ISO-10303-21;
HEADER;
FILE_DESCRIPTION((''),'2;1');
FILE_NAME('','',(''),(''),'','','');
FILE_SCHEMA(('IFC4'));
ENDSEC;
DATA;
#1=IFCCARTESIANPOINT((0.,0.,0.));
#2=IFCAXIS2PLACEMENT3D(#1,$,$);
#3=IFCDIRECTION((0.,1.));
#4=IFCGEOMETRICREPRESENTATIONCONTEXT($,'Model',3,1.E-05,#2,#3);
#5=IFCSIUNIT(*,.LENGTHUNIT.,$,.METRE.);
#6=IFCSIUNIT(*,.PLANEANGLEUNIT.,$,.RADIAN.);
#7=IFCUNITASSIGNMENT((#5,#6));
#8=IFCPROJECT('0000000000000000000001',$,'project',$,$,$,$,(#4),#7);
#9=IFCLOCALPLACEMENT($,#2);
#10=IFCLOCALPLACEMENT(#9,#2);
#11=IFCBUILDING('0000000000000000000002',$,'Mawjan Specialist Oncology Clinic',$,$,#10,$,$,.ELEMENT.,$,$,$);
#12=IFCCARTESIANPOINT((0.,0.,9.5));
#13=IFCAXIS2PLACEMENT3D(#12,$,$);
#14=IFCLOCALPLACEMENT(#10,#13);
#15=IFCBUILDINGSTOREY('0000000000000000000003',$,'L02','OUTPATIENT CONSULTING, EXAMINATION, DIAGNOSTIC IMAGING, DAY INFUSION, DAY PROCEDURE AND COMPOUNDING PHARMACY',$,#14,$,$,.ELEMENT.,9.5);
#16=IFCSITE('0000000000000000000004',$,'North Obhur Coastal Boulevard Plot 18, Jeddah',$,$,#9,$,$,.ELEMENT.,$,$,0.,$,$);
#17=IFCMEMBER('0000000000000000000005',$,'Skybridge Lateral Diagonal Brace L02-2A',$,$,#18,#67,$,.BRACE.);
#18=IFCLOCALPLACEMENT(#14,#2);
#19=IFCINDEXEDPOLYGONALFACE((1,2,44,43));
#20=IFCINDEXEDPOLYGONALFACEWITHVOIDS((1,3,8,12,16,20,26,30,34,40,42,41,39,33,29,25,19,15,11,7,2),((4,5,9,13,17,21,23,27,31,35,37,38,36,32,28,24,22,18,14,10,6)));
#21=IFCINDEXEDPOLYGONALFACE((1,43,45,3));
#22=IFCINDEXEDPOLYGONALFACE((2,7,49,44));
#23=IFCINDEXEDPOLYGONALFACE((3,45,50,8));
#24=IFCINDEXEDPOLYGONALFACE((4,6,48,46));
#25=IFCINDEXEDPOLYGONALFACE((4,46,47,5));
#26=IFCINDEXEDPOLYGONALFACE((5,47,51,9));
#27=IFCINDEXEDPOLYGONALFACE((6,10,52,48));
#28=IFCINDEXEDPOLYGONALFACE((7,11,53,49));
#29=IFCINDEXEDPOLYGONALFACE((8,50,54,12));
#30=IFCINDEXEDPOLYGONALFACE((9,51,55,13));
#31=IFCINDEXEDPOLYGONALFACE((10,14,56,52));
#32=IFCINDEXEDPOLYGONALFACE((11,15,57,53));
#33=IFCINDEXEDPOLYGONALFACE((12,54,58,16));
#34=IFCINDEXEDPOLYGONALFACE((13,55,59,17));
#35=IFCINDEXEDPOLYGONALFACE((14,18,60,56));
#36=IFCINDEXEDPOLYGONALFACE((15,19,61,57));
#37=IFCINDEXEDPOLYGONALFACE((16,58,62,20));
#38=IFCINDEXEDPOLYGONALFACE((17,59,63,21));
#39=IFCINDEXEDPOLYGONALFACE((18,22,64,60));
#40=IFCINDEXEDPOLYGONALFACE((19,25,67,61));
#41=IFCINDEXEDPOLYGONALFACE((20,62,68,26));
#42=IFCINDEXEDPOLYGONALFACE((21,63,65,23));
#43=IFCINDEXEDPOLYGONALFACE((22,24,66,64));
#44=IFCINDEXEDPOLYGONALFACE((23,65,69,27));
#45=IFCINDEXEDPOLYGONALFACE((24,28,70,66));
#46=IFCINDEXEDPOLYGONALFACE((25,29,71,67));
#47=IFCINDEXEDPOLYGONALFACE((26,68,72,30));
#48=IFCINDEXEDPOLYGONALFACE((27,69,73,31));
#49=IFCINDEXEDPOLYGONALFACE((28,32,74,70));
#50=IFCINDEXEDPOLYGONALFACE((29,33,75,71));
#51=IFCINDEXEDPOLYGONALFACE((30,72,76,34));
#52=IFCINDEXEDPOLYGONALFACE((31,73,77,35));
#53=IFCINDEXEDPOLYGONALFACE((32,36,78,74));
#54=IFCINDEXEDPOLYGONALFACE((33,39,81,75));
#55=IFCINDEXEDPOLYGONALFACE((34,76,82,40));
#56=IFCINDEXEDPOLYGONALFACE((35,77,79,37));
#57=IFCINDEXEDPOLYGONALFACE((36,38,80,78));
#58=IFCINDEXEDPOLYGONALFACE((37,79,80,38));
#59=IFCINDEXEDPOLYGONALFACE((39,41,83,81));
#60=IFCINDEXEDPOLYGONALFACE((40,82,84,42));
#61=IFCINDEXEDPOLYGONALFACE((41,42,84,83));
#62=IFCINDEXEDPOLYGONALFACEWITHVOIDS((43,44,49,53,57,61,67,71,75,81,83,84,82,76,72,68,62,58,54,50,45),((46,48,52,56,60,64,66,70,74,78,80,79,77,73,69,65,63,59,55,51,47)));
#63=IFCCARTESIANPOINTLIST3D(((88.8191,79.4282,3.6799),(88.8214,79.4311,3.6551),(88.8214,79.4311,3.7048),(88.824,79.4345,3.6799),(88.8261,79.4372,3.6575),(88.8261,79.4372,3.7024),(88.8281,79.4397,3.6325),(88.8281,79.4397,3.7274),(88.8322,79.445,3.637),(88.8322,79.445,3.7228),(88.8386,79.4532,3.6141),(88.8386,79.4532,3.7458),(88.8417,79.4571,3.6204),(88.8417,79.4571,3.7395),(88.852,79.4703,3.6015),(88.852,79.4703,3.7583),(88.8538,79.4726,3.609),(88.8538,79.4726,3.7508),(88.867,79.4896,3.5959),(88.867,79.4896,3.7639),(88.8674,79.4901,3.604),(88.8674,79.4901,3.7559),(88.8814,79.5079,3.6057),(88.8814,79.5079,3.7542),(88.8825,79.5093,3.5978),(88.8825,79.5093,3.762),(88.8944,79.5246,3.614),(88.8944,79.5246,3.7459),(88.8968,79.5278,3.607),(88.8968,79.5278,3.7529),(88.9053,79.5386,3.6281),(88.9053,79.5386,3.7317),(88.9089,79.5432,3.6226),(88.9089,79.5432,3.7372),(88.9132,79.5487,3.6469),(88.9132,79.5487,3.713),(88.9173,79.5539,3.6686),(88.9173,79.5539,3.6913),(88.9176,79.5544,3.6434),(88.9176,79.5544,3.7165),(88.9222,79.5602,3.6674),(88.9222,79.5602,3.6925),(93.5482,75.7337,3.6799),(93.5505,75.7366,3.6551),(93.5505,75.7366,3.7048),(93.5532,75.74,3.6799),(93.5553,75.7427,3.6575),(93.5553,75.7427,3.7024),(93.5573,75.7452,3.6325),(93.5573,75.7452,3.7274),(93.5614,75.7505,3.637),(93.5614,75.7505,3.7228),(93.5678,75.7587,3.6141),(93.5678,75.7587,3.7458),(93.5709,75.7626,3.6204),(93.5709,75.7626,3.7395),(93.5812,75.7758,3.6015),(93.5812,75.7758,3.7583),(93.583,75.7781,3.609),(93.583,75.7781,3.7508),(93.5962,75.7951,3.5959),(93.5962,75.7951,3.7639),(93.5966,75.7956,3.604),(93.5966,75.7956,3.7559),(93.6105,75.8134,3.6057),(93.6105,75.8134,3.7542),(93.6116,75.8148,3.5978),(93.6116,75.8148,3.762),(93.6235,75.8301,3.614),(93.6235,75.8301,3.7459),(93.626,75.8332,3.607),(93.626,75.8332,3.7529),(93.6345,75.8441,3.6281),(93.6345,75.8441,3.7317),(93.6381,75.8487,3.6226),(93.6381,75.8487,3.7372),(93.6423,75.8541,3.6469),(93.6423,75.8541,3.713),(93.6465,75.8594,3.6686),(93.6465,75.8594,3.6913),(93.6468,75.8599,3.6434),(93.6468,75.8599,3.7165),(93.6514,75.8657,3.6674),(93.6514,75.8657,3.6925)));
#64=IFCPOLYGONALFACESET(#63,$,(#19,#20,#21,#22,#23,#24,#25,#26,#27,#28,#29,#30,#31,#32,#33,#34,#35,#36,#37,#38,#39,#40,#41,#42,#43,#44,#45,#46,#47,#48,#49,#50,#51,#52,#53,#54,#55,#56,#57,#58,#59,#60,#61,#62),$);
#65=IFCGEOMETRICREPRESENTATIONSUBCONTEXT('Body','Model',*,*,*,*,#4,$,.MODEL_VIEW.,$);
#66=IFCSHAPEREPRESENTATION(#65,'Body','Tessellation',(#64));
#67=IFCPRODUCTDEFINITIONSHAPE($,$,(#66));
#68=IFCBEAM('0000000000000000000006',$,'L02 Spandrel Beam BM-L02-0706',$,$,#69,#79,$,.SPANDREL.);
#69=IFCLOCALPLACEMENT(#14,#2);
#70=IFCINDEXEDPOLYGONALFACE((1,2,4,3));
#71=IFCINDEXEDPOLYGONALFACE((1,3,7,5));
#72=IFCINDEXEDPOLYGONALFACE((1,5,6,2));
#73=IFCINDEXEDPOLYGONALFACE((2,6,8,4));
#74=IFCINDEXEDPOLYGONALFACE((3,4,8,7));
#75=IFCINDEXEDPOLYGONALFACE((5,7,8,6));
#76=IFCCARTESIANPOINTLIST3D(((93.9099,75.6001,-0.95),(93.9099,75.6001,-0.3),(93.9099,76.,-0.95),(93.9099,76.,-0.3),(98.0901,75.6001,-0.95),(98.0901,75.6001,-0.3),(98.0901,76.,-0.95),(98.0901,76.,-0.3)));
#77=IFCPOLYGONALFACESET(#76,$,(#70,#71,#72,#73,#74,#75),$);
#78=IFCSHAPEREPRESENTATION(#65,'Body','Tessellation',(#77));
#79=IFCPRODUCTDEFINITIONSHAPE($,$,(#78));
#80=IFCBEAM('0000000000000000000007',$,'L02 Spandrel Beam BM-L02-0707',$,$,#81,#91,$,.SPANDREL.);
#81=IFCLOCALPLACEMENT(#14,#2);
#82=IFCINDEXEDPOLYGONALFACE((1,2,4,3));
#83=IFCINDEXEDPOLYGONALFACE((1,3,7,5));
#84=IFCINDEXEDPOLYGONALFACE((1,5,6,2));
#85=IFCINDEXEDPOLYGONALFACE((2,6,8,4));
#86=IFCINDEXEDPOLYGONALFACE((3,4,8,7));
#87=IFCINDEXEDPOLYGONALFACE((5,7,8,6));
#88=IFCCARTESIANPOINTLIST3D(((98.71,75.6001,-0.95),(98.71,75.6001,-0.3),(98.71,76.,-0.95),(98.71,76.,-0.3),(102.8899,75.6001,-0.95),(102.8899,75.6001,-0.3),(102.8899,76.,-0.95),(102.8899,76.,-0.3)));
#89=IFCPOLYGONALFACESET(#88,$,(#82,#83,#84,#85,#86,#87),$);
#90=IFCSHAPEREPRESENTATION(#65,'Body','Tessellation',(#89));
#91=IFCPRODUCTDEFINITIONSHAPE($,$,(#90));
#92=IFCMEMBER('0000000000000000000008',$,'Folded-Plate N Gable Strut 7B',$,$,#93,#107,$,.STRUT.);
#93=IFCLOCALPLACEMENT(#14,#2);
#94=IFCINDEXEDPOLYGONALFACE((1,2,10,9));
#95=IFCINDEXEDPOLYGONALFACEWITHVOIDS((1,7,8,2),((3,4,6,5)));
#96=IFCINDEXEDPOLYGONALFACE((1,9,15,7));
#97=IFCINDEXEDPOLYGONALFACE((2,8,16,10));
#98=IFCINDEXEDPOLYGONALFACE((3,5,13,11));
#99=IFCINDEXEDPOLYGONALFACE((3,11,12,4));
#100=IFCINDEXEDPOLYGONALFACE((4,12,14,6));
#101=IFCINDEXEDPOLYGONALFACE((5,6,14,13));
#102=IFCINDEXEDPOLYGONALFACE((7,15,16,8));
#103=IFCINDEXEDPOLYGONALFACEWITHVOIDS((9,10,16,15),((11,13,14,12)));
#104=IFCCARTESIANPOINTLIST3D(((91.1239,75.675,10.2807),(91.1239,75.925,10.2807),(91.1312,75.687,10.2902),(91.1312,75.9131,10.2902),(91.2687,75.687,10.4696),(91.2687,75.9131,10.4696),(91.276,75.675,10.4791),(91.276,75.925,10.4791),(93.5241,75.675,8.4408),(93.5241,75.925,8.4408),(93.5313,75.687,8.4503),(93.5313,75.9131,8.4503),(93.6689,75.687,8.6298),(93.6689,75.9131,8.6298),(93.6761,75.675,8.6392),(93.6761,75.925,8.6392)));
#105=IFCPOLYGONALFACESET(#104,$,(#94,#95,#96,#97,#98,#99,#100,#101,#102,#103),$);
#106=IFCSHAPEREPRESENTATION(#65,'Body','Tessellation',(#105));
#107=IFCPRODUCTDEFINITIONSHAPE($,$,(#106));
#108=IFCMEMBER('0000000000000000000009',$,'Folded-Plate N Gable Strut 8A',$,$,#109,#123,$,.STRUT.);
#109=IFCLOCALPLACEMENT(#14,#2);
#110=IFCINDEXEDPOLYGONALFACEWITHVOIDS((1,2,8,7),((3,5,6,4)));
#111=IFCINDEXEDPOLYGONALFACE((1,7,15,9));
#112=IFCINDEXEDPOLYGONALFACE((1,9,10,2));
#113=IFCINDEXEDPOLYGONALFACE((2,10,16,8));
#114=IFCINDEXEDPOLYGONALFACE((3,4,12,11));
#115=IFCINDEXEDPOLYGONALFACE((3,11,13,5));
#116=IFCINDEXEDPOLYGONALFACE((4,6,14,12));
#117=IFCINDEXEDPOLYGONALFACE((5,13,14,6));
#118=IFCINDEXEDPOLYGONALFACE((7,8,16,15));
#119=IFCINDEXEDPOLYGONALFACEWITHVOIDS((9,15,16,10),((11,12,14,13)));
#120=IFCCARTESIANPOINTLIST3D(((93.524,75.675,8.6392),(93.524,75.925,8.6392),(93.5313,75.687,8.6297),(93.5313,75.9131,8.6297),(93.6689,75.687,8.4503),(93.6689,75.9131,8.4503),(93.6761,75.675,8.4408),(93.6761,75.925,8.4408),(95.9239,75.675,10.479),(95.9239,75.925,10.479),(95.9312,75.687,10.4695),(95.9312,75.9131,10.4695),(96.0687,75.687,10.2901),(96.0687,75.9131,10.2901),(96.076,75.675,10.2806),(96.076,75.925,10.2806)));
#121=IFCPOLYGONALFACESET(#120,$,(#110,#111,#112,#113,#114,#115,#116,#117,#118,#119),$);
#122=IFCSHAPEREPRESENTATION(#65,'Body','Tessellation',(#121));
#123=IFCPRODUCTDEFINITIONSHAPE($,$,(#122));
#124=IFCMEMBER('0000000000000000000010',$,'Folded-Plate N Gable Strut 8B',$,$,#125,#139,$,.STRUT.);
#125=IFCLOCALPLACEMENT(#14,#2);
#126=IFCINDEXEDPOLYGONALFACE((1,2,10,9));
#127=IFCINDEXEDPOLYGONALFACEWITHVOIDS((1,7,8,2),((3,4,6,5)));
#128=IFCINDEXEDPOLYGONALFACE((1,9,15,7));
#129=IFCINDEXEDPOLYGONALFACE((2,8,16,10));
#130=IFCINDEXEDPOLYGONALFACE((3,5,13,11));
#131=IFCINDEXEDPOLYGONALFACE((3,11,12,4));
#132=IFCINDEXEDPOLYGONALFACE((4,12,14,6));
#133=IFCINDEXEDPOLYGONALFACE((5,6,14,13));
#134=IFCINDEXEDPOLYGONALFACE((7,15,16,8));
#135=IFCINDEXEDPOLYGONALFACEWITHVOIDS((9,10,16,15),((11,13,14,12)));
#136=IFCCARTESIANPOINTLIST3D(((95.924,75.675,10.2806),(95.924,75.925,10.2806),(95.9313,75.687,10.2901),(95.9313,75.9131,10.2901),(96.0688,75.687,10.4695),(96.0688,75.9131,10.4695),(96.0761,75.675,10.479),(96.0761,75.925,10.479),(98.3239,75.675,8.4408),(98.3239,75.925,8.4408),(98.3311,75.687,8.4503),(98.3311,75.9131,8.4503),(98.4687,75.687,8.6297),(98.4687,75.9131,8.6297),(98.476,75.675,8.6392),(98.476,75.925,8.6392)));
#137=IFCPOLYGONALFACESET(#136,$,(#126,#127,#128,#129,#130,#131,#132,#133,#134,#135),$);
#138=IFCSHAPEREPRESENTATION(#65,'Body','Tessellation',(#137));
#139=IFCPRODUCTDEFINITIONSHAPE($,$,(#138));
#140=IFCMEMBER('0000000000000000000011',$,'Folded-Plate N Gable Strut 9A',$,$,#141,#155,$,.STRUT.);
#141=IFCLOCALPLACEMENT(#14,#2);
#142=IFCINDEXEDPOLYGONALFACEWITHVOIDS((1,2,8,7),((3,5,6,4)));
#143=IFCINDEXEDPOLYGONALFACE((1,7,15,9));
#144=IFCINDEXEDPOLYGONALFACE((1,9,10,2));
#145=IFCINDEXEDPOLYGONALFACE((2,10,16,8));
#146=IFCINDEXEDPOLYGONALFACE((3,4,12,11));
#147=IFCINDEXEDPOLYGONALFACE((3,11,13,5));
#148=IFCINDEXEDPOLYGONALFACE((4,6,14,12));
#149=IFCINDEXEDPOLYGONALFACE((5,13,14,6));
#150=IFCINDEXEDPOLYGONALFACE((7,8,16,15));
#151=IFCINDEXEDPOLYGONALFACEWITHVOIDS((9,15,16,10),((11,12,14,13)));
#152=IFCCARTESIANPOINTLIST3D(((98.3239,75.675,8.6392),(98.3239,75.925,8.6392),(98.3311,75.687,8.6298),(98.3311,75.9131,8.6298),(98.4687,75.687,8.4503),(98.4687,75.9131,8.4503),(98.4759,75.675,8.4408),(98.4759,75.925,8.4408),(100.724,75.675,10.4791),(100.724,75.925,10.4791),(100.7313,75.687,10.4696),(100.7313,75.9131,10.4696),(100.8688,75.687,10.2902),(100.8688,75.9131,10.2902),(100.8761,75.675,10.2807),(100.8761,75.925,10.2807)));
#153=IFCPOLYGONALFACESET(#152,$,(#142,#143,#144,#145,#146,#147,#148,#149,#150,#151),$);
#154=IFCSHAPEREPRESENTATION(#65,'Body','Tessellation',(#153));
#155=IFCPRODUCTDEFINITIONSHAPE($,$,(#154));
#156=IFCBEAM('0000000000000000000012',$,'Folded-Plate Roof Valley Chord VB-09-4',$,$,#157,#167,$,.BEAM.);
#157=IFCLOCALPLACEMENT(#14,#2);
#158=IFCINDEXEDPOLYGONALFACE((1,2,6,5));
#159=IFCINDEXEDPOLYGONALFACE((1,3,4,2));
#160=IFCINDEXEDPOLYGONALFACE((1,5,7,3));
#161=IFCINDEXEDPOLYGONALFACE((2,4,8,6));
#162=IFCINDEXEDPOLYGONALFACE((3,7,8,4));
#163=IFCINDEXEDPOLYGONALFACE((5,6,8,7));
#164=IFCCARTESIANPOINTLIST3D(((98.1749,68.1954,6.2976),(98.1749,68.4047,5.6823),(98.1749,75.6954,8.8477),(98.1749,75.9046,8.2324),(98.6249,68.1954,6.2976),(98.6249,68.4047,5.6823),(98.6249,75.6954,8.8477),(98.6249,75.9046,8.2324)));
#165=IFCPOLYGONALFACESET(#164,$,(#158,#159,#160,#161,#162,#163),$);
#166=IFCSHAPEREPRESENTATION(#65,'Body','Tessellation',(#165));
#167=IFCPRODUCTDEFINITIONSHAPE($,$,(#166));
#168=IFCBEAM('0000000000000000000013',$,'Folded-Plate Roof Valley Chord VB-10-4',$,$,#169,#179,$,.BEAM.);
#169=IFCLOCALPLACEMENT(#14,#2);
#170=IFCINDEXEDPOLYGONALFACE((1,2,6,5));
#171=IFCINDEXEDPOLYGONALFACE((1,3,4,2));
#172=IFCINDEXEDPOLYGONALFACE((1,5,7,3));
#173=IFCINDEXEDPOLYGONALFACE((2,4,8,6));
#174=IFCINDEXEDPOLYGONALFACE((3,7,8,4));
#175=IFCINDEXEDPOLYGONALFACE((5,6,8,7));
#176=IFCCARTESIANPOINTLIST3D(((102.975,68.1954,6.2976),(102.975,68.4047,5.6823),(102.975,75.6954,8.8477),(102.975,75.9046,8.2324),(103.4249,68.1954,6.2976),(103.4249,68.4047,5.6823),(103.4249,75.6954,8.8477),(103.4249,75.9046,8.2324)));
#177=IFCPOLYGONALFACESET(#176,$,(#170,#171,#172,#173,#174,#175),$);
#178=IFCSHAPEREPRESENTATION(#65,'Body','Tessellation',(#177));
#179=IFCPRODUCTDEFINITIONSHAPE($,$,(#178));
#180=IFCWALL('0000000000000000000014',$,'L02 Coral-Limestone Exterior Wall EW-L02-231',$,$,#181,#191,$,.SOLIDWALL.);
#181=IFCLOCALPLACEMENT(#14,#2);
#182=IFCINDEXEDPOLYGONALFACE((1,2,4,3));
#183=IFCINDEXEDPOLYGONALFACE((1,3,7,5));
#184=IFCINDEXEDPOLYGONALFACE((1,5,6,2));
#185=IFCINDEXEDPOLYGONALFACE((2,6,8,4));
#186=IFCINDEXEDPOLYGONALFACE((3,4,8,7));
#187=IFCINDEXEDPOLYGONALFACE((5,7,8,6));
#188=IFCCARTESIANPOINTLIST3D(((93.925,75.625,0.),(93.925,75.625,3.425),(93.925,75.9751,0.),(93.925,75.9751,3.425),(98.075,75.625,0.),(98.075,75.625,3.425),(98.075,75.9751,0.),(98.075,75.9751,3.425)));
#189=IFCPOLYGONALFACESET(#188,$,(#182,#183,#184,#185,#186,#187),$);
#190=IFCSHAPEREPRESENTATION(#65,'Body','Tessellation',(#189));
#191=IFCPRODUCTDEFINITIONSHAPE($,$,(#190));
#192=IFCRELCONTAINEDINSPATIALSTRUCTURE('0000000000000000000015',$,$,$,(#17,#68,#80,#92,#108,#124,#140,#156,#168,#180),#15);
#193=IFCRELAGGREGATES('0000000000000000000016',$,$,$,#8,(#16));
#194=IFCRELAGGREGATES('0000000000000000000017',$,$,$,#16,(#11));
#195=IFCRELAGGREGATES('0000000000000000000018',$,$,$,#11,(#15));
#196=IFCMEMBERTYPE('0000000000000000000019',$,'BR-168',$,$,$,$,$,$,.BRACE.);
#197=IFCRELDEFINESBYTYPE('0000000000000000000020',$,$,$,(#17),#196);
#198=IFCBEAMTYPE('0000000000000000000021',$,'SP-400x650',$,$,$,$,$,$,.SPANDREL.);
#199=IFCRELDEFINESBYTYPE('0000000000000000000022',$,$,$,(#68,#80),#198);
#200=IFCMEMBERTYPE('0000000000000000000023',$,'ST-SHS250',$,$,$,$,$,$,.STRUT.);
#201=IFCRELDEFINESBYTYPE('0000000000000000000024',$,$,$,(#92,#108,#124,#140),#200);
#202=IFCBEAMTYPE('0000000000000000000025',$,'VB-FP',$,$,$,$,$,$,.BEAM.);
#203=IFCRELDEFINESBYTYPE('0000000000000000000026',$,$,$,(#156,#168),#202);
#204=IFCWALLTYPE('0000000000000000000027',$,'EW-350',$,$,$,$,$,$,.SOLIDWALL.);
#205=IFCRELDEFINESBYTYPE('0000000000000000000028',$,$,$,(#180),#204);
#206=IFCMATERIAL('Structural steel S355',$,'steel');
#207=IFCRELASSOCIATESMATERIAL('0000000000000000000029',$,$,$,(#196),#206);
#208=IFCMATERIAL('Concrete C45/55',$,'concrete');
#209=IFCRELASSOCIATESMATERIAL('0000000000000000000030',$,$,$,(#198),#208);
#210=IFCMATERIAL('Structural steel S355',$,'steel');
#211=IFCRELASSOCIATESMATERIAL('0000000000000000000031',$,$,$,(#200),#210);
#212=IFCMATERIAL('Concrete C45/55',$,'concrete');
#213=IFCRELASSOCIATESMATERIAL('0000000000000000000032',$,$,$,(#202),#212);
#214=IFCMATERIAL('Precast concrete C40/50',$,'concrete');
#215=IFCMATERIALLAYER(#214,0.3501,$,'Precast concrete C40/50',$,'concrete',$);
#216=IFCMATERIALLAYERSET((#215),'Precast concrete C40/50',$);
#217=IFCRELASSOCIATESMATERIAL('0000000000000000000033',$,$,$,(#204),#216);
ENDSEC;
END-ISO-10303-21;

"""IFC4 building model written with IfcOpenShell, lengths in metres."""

from ifc_helpers import new_model, si_unit, direction, frame, frame_2d, origin, origin_2d, place, context, subcontext, project, spatial, rectangle, hollow_rectangle, hollow_circle, extrude, material, layer, layer_set, material_profile, profile_set, type_object, element, save


model = new_model("IFC4")

# Units and contexts
model_context = context("Model", 3, precision=1e-05, world=origin(), true_north=direction((0.0, 1.0)))
body_context = subcontext(model_context, "Body", "Model", "MODEL_VIEW")
ifc_project = project(units=[si_unit("LENGTHUNIT", "METRE"), si_unit("PLANEANGLEUNIT", "RADIAN")], contexts=[model_context])

# Site, building, storey
site_placement = place(None, origin())
site = spatial("IfcSite", under=ifc_project, at=site_placement, Name="North Obhur Coastal Boulevard Plot 18, Jeddah", CompositionType="ELEMENT", RefElevation=0.0)
building_placement = place(site_placement, origin())
building = spatial("IfcBuilding", under=site, at=building_placement, Name="Mawjan Specialist Oncology Clinic", CompositionType="ELEMENT")
storey_placement = place(building_placement, frame((0.0, 0.0, 9.5)))
storey = spatial("IfcBuildingStorey", under=building, at=storey_placement, Name="L02", Description="OUTPATIENT CONSULTING, EXAMINATION, DIAGNOSTIC IMAGING, DAY INFUSION, DAY PROCEDURE AND COMPOUNDING PHARMACY", CompositionType="ELEMENT", Elevation=9.5)

# Member
ifc_material_1 = material(Name="Structural steel S355", Category="steel")
ifc_material_profile_1 = material_profile(ifc_material_1, hollow_circle(Radius=0.0842, WallThickness=0.0081, at=origin_2d()), Name="CHS 168.3x8", Category="steel")
ifc_profile_set_1 = profile_set([ifc_material_profile_1], Name="Structural steel S355")
member_type_1 = type_object("IfcMemberType", Name="BR-168", PredefinedType="BRACE", material=ifc_profile_set_1)
member_1_placement = place(storey_placement, frame((93.6001, 75.8, 3.6799), z_axis=(-0.788036, 0.615629, 0.0), x_axis=(-0.615629, -0.788036, 0.0)))
element("IfcMember", 1, at=member_1_placement, inside=storey, type_object=member_type_1, Name="Skybridge Lateral Diagonal Brace L02-2A", PredefinedType="BRACE", context=body_context, shape_type="SweptSolid", body=[
    extrude(hollow_circle(Radius=0.0842, WallThickness=0.0081, at=origin_2d()), origin(), (0.0, 0.0, 1.0), 6.0012),
])

# Beams
ifc_material_2 = material(Name="Concrete C45/55", Category="concrete")
ifc_material_profile_2 = material_profile(ifc_material_2, rectangle(XDim=0.3999, YDim=0.6499, at=origin_2d()), Name="RC BM 400x650", Category="concrete")
ifc_profile_set_2 = profile_set([ifc_material_profile_2], Name="Concrete C45/55")
beam_type_1 = type_object("IfcBeamType", Name="SP-400x650", PredefinedType="SPANDREL", material=ifc_profile_set_2)
beam_1_placement = place(storey_placement, frame((93.9099, 75.8, -0.625), z_axis=(1.0, 0.0, 0.0), x_axis=(0.0, 1.0, 0.0)))
element("IfcBeam", 2, at=beam_1_placement, inside=storey, type_object=beam_type_1, Name="L02 Spandrel Beam BM-L02-0706", PredefinedType="SPANDREL", context=body_context, shape_type="SweptSolid", body=[
    extrude(rectangle(XDim=0.3999, YDim=0.6499, at=origin_2d()), origin(), (0.0, 0.0, 1.0), 4.1802),
])
beam_2_placement = place(storey_placement, frame((98.71, 75.8, -0.625), z_axis=(1.0, 0.0, 0.0), x_axis=(0.0, 1.0, 0.0)))
element("IfcBeam", 3, at=beam_2_placement, inside=storey, type_object=beam_type_1, Name="L02 Spandrel Beam BM-L02-0707", PredefinedType="SPANDREL", context=body_context, shape_type="SweptSolid", body=[
    extrude(rectangle(XDim=0.3999, YDim=0.6499, at=origin_2d()), origin(), (0.0, 0.0, 1.0), 4.1799),
])

# Members
ifc_material_3 = material(Name="Structural steel S355", Category="steel")
ifc_material_profile_3 = material_profile(ifc_material_3, hollow_rectangle(XDim=0.25, YDim=0.25, WallThickness=0.012, at=origin_2d()), Name="SHS 250x250x12", Category="steel")
ifc_profile_set_3 = profile_set([ifc_material_profile_3], Name="Structural steel S355")
member_type_2 = type_object("IfcMemberType", Name="ST-SHS250", PredefinedType="STRUT", material=ifc_profile_set_3)
member_2_placement = place(storey_placement, frame((93.6001, 75.8, 8.54), z_axis=(-0.793649, 0.0, 0.608376), x_axis=(0.0, -1.0, 0.0)))
element("IfcMember", 4, at=member_2_placement, inside=storey, type_object=member_type_2, Name="Folded-Plate N Gable Strut 7B", PredefinedType="STRUT", context=body_context, shape_type="SweptSolid", body=[
    extrude(hollow_rectangle(XDim=0.25, YDim=0.25, WallThickness=0.012, at=origin_2d()), origin(), (0.0, 0.0, 1.0), 3.0242),
])
for number, where, z_axis, x_axis, name in (
    (5, (93.6001, 75.8, 8.54), (0.793619, 0.0, 0.608415), (0.0, 1.0, 0.0), "Folded-Plate N Gable Strut 8A"),
    (6, (98.3999, 75.8, 8.54), (-0.793619, 0.0, 0.608415), (0.0, -1.0, 0.0), "Folded-Plate N Gable Strut 8B"),
):
    element("IfcMember", number, at=place(storey_placement, frame(where, z_axis=z_axis, x_axis=x_axis)), inside=storey, type_object=member_type_2, Name=name, PredefinedType="STRUT", context=body_context, shape_type="SweptSolid", body=[
        extrude(hollow_rectangle(XDim=0.25, YDim=0.25, WallThickness=0.012, at=origin_2d()), origin(), (0.0, 0.0, 1.0), 3.0239),
    ])
member_3_placement = place(storey_placement, frame((98.3999, 75.8, 8.54), z_axis=(0.793649, 0.0, 0.608376), x_axis=(0.0, 1.0, 0.0)))
element("IfcMember", 7, at=member_3_placement, inside=storey, type_object=member_type_2, Name="Folded-Plate N Gable Strut 9A", PredefinedType="STRUT", context=body_context, shape_type="SweptSolid", body=[
    extrude(hollow_rectangle(XDim=0.25, YDim=0.25, WallThickness=0.012, at=origin_2d()), origin(), (0.0, 0.0, 1.0), 3.0242),
])

# Beams
ifc_material_4 = material(Name="Concrete C45/55", Category="concrete")
ifc_material_profile_4 = material_profile(ifc_material_4, rectangle(XDim=0.45, YDim=0.6499, at=origin_2d()), Name="RC VALLEY 450x650", Category="concrete")
ifc_profile_set_4 = profile_set([ifc_material_profile_4], Name="Concrete C45/55")
beam_type_2 = type_object("IfcBeamType", Name="VB-FP", PredefinedType="BEAM", material=ifc_profile_set_4)
for number, where, z_axis, x_axis, name in (
    (8, (98.3999, 68.3, 5.99), (0.0, 0.946771, 0.321908), (-1.0, 0.0, 0.0), "Folded-Plate Roof Valley Chord VB-09-4"),
    (9, (103.2, 68.3, 5.99), (0.0, 0.946771, 0.321908), (-1.0, 0.0, 0.0), "Folded-Plate Roof Valley Chord VB-10-4"),
):
    element("IfcBeam", number, at=place(storey_placement, frame(where, z_axis=z_axis, x_axis=x_axis)), inside=storey, type_object=beam_type_2, Name=name, PredefinedType="BEAM", context=body_context, shape_type="SweptSolid", body=[
        extrude(rectangle(XDim=0.45, YDim=0.6499, at=origin_2d()), origin(), (0.0, 0.0, 1.0), 7.9216),
    ])

# Wall
ifc_material_5 = material(Name="Precast concrete C40/50", Category="concrete")
ifc_layer_1 = layer(ifc_material_5, 0.3501, Name="Precast concrete C40/50", Category="concrete")
ifc_layer_set_1 = layer_set([ifc_layer_1], Name="Precast concrete C40/50")
wall_type_1 = type_object("IfcWallType", Name="EW-350", PredefinedType="SOLIDWALL", material=ifc_layer_set_1)
wall_1_placement = place(storey_placement, frame((93.925, 75.8, 0.0), z_axis=(0.0, 0.0, 1.0), x_axis=(1.0, 0.0, 0.0)))
element("IfcWall", 10, at=wall_1_placement, inside=storey, type_object=wall_type_1, Name="L02 Coral-Limestone Exterior Wall EW-L02-231", PredefinedType="SOLIDWALL", context=body_context, shape_type="SweptSolid", body=[
    extrude(rectangle(XDim=4.1499, YDim=0.3501, at=frame_2d((2.075, 0.0))), origin(), (0.0, 0.0, 1.0), 3.425),
])

save(model, "model.ifc")
